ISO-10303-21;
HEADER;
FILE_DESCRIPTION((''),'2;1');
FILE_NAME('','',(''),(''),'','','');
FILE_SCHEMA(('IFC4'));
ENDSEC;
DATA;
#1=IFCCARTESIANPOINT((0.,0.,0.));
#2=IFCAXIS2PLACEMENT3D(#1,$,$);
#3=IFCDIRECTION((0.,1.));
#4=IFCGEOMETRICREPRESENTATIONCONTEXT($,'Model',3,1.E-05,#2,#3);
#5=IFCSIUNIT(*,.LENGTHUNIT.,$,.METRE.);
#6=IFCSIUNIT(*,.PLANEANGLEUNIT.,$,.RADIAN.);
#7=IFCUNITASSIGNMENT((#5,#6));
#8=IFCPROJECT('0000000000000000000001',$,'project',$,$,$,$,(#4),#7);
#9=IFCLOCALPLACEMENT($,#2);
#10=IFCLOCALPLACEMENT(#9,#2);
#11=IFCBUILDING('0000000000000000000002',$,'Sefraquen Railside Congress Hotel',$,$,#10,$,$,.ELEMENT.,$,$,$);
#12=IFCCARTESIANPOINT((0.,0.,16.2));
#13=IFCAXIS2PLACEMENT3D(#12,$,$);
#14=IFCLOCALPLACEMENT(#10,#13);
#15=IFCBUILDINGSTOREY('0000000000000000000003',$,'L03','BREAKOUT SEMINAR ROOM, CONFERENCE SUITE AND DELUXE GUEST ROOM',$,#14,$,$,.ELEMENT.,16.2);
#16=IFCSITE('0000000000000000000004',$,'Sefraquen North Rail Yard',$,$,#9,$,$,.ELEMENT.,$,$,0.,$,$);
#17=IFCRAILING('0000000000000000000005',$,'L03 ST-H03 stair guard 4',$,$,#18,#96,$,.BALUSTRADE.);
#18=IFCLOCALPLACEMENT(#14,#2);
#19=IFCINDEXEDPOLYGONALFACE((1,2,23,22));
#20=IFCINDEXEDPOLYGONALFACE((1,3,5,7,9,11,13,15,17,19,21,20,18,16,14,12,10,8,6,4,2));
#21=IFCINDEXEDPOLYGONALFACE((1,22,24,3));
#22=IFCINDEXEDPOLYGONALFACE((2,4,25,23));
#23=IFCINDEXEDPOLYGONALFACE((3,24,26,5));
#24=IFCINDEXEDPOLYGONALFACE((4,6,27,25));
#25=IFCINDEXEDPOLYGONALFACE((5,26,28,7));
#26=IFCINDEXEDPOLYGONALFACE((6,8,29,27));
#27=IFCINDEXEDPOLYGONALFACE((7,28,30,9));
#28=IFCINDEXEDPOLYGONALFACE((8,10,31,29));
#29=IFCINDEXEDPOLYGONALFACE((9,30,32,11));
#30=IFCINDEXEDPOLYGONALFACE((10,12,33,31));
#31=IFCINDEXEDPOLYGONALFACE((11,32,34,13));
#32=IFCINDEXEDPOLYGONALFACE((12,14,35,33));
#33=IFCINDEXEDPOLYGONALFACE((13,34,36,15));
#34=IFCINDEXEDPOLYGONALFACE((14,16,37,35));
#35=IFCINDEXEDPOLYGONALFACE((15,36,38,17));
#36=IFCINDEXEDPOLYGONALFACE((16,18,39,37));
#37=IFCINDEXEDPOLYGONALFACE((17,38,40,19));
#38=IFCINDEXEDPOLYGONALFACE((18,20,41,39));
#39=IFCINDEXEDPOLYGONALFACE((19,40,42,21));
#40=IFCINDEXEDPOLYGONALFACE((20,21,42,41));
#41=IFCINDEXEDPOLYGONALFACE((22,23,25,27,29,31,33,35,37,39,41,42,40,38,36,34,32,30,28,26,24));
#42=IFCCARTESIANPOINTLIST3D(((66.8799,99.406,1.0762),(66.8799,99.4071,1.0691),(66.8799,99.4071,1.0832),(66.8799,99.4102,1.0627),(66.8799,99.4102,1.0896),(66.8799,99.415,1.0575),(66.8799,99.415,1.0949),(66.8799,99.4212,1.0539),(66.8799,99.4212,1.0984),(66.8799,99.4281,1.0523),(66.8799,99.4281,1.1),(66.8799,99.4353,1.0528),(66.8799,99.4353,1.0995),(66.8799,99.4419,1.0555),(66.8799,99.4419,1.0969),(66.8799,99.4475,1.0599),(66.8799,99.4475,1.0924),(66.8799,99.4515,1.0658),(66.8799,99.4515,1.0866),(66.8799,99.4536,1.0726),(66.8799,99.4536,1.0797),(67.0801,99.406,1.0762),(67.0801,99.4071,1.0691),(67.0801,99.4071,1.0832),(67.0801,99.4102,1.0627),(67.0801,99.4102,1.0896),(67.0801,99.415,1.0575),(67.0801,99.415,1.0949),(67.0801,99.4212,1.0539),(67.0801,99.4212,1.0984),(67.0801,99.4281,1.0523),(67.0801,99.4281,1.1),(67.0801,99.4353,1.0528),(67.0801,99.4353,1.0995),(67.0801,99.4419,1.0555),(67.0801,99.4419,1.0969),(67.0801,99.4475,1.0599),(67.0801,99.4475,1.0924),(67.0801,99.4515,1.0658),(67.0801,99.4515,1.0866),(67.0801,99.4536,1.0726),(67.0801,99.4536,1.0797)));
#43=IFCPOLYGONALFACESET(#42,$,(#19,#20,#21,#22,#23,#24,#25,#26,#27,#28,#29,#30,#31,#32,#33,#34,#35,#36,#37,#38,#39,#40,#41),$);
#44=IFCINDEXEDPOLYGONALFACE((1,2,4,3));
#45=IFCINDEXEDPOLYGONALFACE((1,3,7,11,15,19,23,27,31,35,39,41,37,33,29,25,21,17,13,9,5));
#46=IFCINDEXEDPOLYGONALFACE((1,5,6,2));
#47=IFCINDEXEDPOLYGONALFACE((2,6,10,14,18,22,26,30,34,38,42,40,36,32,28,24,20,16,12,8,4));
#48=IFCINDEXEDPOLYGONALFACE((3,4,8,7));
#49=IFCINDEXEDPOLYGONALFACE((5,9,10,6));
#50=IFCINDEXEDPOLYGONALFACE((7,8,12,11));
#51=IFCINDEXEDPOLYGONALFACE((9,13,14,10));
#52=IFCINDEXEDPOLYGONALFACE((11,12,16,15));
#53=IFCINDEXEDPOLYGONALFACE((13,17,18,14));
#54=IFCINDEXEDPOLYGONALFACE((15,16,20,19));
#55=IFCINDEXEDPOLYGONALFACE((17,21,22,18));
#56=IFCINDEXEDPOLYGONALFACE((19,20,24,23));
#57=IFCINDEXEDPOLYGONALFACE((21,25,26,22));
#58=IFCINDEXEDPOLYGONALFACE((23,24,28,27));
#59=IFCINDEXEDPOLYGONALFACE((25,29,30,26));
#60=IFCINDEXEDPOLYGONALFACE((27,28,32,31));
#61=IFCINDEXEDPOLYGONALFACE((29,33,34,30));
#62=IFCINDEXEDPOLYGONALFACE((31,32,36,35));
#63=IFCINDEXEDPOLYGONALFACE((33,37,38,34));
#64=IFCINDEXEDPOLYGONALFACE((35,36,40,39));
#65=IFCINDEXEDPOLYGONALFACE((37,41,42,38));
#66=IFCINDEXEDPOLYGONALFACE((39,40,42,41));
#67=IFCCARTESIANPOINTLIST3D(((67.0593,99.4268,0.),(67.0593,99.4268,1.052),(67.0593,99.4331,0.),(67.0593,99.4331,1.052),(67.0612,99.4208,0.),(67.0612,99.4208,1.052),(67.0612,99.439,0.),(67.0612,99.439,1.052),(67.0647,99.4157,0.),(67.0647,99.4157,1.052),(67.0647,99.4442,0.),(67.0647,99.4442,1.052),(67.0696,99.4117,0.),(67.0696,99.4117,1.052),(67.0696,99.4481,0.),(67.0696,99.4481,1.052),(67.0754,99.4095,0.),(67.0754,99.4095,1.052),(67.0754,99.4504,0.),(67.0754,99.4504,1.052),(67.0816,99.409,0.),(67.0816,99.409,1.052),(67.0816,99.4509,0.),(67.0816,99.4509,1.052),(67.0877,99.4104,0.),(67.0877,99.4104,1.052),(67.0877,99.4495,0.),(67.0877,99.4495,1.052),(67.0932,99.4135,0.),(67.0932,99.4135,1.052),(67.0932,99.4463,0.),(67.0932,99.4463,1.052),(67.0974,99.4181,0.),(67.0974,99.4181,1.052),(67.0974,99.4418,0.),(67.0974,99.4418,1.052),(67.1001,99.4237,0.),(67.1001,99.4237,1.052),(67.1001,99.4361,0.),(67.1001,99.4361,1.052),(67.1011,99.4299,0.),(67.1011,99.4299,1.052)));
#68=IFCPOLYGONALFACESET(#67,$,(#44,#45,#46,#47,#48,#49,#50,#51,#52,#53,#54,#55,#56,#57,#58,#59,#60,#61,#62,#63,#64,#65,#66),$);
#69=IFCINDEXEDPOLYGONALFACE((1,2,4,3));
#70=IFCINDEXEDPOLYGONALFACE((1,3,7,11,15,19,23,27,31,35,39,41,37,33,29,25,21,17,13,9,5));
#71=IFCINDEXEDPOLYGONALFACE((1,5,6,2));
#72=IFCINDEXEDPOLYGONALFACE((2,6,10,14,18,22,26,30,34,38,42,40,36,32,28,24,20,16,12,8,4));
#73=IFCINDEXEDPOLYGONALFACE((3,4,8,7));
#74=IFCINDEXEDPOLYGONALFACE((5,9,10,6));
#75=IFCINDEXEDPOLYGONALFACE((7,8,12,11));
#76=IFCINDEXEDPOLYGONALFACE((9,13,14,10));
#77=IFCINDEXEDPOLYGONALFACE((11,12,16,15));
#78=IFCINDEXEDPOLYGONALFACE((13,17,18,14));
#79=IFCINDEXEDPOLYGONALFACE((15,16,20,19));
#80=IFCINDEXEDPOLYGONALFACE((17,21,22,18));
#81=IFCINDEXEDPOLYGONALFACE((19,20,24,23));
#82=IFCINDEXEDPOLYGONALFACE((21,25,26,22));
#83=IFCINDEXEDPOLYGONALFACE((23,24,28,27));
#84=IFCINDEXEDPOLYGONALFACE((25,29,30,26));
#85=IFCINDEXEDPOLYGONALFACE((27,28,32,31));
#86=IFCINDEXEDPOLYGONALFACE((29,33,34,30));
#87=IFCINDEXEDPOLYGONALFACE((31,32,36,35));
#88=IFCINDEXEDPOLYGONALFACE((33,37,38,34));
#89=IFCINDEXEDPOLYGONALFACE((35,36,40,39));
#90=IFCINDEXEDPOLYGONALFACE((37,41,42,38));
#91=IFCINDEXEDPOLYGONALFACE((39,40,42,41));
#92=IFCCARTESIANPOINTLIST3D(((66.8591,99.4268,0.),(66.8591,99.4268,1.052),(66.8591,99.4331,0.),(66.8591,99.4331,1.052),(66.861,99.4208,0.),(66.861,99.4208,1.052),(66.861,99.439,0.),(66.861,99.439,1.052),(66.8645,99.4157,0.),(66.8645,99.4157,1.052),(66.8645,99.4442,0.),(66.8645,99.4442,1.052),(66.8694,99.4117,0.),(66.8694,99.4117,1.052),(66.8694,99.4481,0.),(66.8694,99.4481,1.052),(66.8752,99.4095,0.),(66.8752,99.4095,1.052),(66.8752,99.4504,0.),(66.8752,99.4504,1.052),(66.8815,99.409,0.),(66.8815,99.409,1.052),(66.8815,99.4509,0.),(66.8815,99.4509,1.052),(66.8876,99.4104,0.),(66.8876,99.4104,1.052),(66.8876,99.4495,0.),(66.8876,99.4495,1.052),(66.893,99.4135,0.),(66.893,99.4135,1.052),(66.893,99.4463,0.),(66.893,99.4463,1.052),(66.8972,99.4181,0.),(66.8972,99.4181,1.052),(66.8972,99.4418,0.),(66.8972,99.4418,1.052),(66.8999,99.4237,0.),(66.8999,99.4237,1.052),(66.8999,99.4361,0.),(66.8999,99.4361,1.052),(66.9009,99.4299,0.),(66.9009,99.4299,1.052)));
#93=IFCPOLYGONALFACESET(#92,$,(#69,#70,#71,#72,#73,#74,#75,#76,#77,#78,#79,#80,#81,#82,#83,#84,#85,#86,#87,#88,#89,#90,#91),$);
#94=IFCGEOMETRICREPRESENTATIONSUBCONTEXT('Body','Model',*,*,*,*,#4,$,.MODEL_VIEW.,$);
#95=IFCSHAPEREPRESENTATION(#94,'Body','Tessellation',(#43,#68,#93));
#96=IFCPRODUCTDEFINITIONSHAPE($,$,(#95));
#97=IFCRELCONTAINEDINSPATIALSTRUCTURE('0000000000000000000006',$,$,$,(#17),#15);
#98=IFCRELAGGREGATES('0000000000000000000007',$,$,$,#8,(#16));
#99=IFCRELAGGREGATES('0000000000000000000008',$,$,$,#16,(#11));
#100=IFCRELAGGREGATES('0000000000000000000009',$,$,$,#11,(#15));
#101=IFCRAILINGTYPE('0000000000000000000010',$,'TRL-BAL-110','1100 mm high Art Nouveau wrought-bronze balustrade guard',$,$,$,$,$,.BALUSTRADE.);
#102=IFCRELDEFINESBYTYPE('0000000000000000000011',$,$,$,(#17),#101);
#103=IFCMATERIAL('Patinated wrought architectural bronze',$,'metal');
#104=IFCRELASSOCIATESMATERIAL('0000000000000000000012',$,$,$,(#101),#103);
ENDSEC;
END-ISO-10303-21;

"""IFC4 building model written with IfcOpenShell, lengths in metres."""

from ifc_helpers import new_model, si_unit, direction, frame, origin, origin_2d, place, context, subcontext, project, spatial, circle, extrude, material, type_object, element, save


model = new_model("IFC4")

# Units and contexts
model_context = context("Model", 3, precision=1e-05, world=origin(), true_north=direction((0.0, 1.0)))
body_context = subcontext(model_context, "Body", "Model", "MODEL_VIEW")
ifc_project = project(units=[si_unit("LENGTHUNIT", "METRE"), si_unit("PLANEANGLEUNIT", "RADIAN")], contexts=[model_context])

# Site, building, storey
site_placement = place(None, origin())
site = spatial("IfcSite", under=ifc_project, at=site_placement, Name="Sefraquen North Rail Yard", CompositionType="ELEMENT", RefElevation=0.0)
building_placement = place(site_placement, origin())
building = spatial("IfcBuilding", under=site, at=building_placement, Name="Sefraquen Railside Congress Hotel", CompositionType="ELEMENT")
storey_placement = place(building_placement, frame((0.0, 0.0, 16.2)))
storey = spatial("IfcBuildingStorey", under=building, at=storey_placement, Name="L03", Description="BREAKOUT SEMINAR ROOM, CONFERENCE SUITE AND DELUXE GUEST ROOM", CompositionType="ELEMENT", Elevation=16.2)

# Railing
ifc_material_1 = material(Name="Patinated wrought architectural bronze", Category="metal")
railing_type_1 = type_object("IfcRailingType", Name="TRL-BAL-110", Description="1100 mm high Art Nouveau wrought-bronze balustrade guard", PredefinedType="BALUSTRADE", material=ifc_material_1)
railing_1_placement = place(storey_placement, frame((67.0801, 99.4299, 0.0)))
element("IfcRailing", 1, at=railing_1_placement, inside=storey, type_object=railing_type_1, Name="L03 ST-H03 stair guard 4", PredefinedType="BALUSTRADE", context=body_context, shape_type="SweptSolid", body=[
    extrude(circle(Radius=0.0239, at=origin_2d()), frame((0.0, 0.0, 1.0762), z_axis=(-1.0, 0.0, 0.0), x_axis=(0.0, -1.0, 0.0)), (0.0, 0.0, 1.0), 0.2002),
    extrude(circle(Radius=0.021, at=origin_2d()), origin(), (0.0, 0.0, 1.0), 1.052),
    extrude(circle(Radius=0.021, at=origin_2d()), frame((-0.2002, 0.0, 0.0)), (0.0, 0.0, 1.0), 1.052),
])

save(model, "model.ifc")
